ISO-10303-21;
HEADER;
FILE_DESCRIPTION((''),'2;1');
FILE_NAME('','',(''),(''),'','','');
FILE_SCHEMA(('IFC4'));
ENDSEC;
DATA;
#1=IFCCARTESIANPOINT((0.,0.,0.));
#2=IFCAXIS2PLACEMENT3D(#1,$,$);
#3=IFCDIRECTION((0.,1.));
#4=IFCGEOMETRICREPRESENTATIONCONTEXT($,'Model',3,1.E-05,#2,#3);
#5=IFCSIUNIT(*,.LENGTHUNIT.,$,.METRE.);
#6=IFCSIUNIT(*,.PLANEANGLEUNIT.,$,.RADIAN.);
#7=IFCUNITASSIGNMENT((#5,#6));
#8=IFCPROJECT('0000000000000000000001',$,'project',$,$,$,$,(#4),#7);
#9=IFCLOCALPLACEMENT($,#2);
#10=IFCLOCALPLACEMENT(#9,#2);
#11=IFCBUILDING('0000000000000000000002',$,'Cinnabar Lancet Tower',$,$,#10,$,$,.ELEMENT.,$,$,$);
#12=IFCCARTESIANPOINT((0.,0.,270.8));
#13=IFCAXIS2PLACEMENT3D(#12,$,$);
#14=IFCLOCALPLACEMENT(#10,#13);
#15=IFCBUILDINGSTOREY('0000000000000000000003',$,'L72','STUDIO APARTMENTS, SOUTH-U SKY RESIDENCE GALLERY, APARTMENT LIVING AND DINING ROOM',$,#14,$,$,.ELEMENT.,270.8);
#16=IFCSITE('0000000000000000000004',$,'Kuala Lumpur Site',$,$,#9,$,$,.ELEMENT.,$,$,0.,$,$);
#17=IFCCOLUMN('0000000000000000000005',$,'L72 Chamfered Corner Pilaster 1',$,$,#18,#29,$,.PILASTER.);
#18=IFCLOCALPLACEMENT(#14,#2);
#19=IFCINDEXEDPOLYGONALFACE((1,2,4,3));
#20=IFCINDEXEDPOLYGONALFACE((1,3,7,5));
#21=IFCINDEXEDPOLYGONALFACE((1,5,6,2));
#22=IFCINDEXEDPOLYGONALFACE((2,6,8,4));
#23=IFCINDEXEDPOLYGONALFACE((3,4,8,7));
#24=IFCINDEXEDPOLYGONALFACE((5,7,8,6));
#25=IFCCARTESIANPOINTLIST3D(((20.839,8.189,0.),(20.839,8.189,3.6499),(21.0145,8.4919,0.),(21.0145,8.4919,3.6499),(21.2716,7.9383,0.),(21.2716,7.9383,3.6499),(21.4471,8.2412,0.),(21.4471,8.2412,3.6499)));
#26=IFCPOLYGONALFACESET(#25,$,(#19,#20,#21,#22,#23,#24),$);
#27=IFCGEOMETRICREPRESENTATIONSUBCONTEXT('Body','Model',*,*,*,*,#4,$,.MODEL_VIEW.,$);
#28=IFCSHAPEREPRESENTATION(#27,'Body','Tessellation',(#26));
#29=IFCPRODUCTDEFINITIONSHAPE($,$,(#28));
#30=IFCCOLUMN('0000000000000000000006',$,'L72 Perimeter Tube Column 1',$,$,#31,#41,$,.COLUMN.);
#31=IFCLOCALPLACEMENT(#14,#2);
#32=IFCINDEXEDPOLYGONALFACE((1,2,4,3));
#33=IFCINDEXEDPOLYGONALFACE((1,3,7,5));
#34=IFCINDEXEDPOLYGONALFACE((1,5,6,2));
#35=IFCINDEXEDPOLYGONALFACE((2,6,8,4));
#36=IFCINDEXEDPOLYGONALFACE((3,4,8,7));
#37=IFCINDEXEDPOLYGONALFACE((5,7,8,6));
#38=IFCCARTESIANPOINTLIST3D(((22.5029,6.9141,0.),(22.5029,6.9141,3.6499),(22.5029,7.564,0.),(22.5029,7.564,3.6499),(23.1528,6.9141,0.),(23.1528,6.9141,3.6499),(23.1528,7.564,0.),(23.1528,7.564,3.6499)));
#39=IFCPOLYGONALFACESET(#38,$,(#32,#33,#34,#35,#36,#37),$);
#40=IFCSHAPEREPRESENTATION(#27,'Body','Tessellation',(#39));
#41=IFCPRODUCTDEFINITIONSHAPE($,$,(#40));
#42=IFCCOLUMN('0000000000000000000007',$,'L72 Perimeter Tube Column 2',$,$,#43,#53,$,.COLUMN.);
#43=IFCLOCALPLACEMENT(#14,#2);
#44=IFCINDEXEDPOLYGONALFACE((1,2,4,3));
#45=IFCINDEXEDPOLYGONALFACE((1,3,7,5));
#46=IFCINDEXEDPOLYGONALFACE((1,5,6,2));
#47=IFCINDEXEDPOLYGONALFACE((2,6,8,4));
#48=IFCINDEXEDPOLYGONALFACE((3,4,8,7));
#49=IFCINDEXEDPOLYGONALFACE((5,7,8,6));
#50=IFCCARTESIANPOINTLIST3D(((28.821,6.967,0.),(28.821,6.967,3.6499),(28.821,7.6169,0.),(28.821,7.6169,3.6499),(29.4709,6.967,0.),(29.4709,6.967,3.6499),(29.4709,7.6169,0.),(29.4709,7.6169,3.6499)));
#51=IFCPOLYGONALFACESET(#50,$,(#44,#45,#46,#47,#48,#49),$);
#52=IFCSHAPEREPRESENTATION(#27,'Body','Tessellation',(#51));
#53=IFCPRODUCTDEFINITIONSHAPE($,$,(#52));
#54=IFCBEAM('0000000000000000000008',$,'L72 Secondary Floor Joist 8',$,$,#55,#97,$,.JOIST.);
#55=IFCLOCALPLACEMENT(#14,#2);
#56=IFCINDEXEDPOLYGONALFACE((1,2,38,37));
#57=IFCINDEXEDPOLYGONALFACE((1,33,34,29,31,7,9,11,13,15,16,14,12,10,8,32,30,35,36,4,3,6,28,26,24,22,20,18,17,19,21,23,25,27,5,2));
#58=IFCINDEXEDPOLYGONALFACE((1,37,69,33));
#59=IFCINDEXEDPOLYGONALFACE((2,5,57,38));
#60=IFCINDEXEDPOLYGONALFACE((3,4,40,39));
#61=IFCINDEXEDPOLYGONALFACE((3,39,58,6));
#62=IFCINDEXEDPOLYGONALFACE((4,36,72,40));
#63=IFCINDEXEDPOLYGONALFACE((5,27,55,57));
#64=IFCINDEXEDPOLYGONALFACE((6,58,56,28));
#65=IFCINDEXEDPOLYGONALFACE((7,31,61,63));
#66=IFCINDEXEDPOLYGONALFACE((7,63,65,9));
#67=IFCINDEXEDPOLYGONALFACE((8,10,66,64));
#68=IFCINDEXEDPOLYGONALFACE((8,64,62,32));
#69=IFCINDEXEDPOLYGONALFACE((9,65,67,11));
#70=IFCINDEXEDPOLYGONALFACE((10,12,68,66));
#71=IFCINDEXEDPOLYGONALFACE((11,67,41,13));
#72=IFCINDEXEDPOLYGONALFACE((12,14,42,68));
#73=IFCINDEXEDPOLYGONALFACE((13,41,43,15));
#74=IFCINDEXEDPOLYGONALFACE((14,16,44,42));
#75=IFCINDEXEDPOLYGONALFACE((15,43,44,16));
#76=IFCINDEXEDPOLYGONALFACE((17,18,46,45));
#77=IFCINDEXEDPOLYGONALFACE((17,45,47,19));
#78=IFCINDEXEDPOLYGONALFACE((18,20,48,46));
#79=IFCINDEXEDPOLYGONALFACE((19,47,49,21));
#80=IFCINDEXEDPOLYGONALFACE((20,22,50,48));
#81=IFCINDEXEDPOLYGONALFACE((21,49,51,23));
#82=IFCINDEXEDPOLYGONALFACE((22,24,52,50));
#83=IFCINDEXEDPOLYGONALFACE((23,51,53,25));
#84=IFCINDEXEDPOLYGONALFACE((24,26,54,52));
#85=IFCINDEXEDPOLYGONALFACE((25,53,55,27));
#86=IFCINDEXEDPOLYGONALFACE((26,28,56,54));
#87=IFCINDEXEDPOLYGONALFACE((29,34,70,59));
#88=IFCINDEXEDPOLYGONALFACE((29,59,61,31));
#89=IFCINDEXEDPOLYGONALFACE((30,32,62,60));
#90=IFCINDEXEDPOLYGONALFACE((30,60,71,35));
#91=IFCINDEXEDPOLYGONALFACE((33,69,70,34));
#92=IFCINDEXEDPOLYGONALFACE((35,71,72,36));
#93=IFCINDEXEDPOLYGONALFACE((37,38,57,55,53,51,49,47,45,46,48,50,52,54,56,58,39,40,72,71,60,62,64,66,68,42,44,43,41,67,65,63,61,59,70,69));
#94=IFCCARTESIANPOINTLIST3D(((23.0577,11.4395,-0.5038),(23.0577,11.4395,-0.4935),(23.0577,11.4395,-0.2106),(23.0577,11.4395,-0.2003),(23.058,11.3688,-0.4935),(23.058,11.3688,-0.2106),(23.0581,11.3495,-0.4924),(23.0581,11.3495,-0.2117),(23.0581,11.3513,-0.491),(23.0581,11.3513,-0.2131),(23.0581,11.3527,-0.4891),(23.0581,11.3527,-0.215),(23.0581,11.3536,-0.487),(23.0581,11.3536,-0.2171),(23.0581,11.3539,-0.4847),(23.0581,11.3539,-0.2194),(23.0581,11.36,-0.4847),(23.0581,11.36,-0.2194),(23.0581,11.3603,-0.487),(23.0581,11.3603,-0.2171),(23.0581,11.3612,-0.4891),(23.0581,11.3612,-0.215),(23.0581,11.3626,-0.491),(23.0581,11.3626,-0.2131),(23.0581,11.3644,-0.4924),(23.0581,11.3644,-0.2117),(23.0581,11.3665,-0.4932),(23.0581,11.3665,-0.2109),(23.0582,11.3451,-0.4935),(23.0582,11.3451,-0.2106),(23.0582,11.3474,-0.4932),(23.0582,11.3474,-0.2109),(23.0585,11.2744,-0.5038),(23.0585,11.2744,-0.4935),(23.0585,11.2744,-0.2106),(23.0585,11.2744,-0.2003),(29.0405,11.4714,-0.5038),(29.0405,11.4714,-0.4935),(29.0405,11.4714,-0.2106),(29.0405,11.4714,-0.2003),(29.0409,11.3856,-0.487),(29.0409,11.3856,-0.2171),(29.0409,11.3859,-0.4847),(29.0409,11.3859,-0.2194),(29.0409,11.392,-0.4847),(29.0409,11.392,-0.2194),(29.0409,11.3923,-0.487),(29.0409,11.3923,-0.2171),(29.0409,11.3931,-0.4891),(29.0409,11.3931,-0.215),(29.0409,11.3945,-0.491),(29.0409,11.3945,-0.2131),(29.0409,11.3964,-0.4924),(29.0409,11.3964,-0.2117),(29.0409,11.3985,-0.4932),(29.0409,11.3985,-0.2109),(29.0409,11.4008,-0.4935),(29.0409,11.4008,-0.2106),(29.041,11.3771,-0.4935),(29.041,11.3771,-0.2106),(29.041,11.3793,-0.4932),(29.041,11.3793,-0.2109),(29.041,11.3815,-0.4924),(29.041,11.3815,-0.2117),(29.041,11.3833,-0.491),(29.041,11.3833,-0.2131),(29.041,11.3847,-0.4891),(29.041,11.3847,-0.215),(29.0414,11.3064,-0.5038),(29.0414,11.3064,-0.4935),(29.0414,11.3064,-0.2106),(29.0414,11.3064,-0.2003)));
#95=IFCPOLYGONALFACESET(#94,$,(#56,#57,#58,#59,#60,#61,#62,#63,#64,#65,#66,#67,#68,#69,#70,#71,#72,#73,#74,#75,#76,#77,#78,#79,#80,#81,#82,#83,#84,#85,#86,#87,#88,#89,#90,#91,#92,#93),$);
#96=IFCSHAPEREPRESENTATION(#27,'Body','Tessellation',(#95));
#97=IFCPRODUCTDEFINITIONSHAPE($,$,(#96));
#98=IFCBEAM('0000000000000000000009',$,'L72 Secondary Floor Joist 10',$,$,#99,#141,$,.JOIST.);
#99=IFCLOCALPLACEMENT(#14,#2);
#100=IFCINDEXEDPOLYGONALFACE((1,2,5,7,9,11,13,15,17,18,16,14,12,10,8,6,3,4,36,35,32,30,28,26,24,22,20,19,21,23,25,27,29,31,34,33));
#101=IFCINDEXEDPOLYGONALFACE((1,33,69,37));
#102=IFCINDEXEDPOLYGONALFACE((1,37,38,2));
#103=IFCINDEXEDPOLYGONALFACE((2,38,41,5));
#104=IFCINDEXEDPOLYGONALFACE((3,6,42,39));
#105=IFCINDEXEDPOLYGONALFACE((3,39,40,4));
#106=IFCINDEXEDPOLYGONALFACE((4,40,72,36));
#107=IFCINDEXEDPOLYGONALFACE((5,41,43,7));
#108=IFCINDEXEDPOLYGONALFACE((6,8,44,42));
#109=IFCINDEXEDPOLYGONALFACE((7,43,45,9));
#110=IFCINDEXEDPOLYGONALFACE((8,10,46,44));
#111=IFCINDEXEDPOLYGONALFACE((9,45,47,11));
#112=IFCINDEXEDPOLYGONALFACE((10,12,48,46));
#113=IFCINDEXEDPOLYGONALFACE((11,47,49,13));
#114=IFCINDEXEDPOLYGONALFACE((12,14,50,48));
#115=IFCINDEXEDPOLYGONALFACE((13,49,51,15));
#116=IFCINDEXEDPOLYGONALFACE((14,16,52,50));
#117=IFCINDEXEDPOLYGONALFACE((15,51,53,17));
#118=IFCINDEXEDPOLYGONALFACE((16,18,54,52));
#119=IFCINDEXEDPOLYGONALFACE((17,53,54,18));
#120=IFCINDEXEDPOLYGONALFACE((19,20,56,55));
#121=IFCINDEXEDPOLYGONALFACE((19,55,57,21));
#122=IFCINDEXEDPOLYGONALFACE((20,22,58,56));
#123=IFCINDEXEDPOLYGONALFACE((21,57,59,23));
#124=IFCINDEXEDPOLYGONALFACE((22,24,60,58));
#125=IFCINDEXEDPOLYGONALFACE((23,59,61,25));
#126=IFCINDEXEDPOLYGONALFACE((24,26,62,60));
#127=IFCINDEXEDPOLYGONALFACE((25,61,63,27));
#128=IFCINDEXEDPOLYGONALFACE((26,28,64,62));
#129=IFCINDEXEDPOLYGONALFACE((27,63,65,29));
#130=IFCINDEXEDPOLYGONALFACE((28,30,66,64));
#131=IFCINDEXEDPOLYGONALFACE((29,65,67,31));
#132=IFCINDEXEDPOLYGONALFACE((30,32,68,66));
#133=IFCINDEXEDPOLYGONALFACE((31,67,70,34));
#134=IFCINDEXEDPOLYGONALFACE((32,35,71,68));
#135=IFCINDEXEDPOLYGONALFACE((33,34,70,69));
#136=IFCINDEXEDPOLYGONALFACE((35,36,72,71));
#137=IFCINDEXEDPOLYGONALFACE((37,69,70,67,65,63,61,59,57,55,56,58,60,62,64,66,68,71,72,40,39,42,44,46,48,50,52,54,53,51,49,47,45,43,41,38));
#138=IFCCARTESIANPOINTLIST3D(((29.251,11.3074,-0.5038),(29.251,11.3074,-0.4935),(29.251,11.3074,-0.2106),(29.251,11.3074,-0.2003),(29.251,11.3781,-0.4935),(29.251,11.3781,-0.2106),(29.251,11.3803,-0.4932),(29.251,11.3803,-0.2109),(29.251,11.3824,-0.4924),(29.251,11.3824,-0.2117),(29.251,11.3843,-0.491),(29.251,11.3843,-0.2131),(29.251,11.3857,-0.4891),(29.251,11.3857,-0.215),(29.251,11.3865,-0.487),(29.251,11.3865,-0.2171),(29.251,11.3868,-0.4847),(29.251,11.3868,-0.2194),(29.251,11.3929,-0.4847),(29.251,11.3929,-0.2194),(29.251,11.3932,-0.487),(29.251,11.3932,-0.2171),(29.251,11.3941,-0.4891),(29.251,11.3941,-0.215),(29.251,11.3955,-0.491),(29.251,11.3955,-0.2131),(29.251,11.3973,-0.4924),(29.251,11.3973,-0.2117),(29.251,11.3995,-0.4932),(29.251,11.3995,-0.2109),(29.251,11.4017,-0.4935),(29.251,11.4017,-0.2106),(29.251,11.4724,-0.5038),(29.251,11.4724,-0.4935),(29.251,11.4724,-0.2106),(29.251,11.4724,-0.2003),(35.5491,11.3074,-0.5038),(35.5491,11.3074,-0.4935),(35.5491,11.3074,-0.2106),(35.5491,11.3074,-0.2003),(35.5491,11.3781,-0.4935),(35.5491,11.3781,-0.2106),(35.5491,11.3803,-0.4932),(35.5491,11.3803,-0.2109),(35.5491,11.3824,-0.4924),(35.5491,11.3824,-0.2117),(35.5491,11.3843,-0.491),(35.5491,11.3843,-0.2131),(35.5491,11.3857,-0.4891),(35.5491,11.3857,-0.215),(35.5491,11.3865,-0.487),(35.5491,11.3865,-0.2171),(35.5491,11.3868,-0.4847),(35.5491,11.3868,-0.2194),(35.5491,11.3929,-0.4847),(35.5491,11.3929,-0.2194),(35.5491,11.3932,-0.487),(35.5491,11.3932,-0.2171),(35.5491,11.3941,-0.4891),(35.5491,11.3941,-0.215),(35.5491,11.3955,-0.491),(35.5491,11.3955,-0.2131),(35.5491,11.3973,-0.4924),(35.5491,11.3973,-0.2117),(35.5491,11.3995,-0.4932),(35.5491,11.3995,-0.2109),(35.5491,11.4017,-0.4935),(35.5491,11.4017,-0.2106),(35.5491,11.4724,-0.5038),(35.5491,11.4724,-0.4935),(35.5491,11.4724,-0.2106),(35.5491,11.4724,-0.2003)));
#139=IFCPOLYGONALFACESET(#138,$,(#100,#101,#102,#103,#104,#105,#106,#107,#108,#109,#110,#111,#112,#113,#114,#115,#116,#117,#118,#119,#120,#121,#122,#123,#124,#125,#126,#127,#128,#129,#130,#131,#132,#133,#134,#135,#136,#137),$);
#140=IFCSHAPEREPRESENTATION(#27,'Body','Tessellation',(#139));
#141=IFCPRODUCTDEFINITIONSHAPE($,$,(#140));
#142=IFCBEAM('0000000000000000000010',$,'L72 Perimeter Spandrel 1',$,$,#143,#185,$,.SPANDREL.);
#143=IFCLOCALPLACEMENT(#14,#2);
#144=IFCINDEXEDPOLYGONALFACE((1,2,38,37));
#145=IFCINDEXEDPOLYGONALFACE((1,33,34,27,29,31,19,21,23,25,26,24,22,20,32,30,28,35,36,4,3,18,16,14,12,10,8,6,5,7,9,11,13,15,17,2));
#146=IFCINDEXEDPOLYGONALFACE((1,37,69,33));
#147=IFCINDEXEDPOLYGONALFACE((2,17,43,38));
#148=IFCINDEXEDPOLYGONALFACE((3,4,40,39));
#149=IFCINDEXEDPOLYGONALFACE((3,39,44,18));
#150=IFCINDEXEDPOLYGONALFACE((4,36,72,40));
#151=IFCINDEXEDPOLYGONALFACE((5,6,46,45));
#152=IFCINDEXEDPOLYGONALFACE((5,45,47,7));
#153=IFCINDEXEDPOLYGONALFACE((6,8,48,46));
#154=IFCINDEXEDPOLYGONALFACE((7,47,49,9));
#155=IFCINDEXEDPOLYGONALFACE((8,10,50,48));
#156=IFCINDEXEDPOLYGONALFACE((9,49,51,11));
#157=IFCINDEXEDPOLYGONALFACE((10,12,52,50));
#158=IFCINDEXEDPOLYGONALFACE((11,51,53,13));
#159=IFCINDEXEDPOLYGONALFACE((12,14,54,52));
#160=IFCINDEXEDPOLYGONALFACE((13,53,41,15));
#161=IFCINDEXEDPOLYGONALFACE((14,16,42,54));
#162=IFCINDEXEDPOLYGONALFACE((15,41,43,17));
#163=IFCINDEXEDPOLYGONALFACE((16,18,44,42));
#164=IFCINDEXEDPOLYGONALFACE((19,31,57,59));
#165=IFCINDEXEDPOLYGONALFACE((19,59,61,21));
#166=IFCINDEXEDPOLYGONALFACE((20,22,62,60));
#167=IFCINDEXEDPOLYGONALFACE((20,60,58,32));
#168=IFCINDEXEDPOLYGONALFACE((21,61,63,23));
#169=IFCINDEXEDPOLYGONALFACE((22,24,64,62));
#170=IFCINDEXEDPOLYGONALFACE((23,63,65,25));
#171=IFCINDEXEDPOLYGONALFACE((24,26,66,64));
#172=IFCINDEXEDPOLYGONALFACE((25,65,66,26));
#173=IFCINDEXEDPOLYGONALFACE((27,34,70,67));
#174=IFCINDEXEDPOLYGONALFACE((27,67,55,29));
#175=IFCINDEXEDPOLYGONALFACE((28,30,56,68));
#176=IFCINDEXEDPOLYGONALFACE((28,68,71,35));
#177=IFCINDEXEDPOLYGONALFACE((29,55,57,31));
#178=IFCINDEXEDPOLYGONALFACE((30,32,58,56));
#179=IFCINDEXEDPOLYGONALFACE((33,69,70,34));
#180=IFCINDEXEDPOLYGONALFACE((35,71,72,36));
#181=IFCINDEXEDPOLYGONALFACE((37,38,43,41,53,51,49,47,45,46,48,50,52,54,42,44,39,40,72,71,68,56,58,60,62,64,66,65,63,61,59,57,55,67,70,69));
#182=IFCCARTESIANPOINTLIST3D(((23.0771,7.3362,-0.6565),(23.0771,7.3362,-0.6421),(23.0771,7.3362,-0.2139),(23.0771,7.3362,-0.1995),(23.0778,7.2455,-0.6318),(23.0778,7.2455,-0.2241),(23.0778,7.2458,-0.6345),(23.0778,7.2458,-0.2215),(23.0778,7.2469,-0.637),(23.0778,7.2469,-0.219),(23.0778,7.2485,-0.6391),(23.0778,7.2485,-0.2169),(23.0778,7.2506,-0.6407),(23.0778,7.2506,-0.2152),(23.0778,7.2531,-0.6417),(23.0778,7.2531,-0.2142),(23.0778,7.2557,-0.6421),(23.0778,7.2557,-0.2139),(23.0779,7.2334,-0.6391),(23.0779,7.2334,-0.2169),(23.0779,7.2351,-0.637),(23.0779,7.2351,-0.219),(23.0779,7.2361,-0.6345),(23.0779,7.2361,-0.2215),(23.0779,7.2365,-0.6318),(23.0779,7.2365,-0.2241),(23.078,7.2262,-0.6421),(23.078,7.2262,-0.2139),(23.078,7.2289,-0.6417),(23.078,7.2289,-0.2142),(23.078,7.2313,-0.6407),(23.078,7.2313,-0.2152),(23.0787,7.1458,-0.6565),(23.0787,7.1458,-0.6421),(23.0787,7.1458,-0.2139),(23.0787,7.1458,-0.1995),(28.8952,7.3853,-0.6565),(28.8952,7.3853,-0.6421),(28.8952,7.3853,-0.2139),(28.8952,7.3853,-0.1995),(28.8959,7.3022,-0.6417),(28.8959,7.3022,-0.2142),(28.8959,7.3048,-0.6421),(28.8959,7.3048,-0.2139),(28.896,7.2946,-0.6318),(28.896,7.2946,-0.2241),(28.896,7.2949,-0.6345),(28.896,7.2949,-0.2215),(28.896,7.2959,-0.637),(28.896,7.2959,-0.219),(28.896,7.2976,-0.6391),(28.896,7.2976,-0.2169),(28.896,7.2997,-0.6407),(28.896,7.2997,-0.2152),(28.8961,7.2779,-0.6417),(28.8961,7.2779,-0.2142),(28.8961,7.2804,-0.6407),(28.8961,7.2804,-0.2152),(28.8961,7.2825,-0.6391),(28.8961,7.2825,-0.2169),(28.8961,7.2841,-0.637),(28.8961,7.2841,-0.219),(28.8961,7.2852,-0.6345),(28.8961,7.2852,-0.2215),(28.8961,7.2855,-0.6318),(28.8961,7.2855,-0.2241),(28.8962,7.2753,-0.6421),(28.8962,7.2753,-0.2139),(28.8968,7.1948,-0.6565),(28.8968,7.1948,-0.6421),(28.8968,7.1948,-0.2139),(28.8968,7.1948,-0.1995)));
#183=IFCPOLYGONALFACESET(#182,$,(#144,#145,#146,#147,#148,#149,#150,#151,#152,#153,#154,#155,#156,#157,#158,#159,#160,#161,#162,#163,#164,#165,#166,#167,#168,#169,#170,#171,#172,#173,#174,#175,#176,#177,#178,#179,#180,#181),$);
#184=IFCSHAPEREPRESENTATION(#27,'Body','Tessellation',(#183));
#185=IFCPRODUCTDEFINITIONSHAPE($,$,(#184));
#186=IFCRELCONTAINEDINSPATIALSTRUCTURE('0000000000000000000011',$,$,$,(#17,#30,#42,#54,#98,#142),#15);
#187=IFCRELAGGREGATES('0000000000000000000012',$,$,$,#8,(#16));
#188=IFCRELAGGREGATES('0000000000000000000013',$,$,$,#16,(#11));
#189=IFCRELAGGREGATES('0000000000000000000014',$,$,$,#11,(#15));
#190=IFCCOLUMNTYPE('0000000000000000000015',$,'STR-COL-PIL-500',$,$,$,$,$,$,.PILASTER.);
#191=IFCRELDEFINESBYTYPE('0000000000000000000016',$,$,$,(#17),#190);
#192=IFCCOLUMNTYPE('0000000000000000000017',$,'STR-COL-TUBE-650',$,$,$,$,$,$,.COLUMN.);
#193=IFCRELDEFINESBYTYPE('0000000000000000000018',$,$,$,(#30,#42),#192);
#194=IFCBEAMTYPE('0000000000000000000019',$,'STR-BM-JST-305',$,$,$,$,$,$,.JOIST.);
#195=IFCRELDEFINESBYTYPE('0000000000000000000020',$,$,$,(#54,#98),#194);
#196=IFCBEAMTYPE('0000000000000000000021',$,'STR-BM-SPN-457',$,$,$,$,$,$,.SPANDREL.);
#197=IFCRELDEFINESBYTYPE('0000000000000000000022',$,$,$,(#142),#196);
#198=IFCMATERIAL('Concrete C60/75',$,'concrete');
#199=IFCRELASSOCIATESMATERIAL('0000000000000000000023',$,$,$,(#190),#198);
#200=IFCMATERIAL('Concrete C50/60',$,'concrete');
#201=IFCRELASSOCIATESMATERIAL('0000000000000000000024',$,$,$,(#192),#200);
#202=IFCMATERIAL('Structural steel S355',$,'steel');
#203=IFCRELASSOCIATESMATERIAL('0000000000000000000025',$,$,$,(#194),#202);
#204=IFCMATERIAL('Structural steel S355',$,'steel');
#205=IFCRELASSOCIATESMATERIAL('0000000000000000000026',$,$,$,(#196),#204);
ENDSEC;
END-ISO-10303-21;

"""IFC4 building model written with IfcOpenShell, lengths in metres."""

from ifc_helpers import new_model, si_unit, direction, frame, origin, origin_2d, place, context, subcontext, project, spatial, rectangle, i_section, extrude, material, material_profile, profile_set, type_object, element, save


model = new_model("IFC4")

# Units and contexts
model_context = context("Model", 3, precision=1e-05, world=origin(), true_north=direction((0.0, 1.0)))
body_context = subcontext(model_context, "Body", "Model", "MODEL_VIEW")
ifc_project = project(units=[si_unit("LENGTHUNIT", "METRE"), si_unit("PLANEANGLEUNIT", "RADIAN")], contexts=[model_context])

# Site, building, storey
site_placement = place(None, origin())
site = spatial("IfcSite", under=ifc_project, at=site_placement, Name="Kuala Lumpur Site", CompositionType="ELEMENT", RefElevation=0.0)
building_placement = place(site_placement, origin())
building = spatial("IfcBuilding", under=site, at=building_placement, Name="Cinnabar Lancet Tower", CompositionType="ELEMENT")
storey_placement = place(building_placement, frame((0.0, 0.0, 270.8)))
storey = spatial("IfcBuildingStorey", under=building, at=storey_placement, Name="L72", Description="STUDIO APARTMENTS, SOUTH-U SKY RESIDENCE GALLERY, APARTMENT LIVING AND DINING ROOM", CompositionType="ELEMENT", Elevation=270.8)

# Columns
ifc_material_1 = material(Name="Concrete C60/75", Category="concrete")
ifc_material_profile_1 = material_profile(ifc_material_1, rectangle(XDim=0.5, YDim=0.3501, at=origin_2d()), Name="RC-PIL 500x350")
ifc_profile_set_1 = profile_set([ifc_material_profile_1], Name="Concrete C60/75")
column_type_1 = type_object("IfcColumnType", Name="STR-COL-PIL-500", PredefinedType="PILASTER", material=ifc_profile_set_1)
column_placement = place(storey_placement, frame((21.1431, 8.2151, 0.0), z_axis=(0.0, 0.0, 1.0), x_axis=(0.865256, -0.50133, 0.0)))
element("IfcColumn", 1, at=column_placement, inside=storey, type_object=column_type_1, Name="L72 Chamfered Corner Pilaster 1", PredefinedType="PILASTER", context=body_context, shape_type="SweptSolid", body=[
    extrude(rectangle(XDim=0.5, YDim=0.3501, at=origin_2d()), origin(), (0.0, 0.0, 1.0), 3.6499),
])
ifc_material_2 = material(Name="Concrete C50/60", Category="concrete")
ifc_material_profile_2 = material_profile(ifc_material_2, rectangle(XDim=0.6499, YDim=0.6499, at=origin_2d()), Name="RC-COL 650x650")
ifc_profile_set_2 = profile_set([ifc_material_profile_2], Name="Concrete C50/60")
column_type_2 = type_object("IfcColumnType", Name="STR-COL-TUBE-650", PredefinedType="COLUMN", material=ifc_profile_set_2)
for number, where, z_axis, x_axis, name in (
    (2, (22.8279, 7.239, 0.0), (0.0, 0.0, 1.0), (1.0, 0.0, 0.0), "L72 Perimeter Tube Column 1"),
    (3, (29.146, 7.292, 0.0), (0.0, 0.0, 1.0), (1.0, 0.0, 0.0), "L72 Perimeter Tube Column 2"),
):
    element("IfcColumn", number, at=place(storey_placement, frame(where, z_axis=z_axis, x_axis=x_axis)), inside=storey, type_object=column_type_2, Name=name, PredefinedType="COLUMN", context=body_context, shape_type="SweptSolid", body=[
        extrude(rectangle(XDim=0.6499, YDim=0.6499, at=origin_2d()), origin(), (0.0, 0.0, 1.0), 3.6499),
    ])

# Beams
ifc_material_3 = material(Name="Structural steel S355", Category="steel")
ifc_material_profile_3 = material_profile(ifc_material_3, i_section(OverallWidth=0.165, OverallDepth=0.3035, WebThickness=0.0061, FlangeThickness=0.0103, FilletRadius=0.0088, at=origin_2d()), Name="UKB 305x165x40")
ifc_profile_set_3 = profile_set([ifc_material_profile_3], Name="Structural steel S355")
beam_type_1 = type_object("IfcBeamType", Name="STR-BM-JST-305", PredefinedType="JOIST", material=ifc_profile_set_3)
beam_1_placement = place(storey_placement, frame((23.0581, 11.3569, -0.3521), z_axis=(0.999986, 0.005346, 0.0), x_axis=(-0.005346, 0.999986, 0.0)))
element("IfcBeam", 4, at=beam_1_placement, inside=storey, type_object=beam_type_1, Name="L72 Secondary Floor Joist 8", PredefinedType="JOIST", context=body_context, shape_type="SweptSolid", body=[
    extrude(i_section(OverallWidth=0.165, OverallDepth=0.3035, WebThickness=0.0061, FlangeThickness=0.0103, FilletRadius=0.0088, at=origin_2d()), origin(), (0.0, 0.0, 1.0), 5.9829),
])
beam_2_placement = place(storey_placement, frame((29.251, 11.3899, -0.3521), z_axis=(1.0, 0.0, 0.0), x_axis=(0.0, 1.0, 0.0)))
element("IfcBeam", 5, at=beam_2_placement, inside=storey, type_object=beam_type_1, Name="L72 Secondary Floor Joist 10", PredefinedType="JOIST", context=body_context, shape_type="SweptSolid", body=[
    extrude(i_section(OverallWidth=0.165, OverallDepth=0.3035, WebThickness=0.0061, FlangeThickness=0.0103, FilletRadius=0.0088, at=origin_2d()), origin(), (0.0, 0.0, 1.0), 6.2981),
])
ifc_material_4 = material(Name="Structural steel S355", Category="steel")
ifc_material_profile_4 = material_profile(ifc_material_4, i_section(OverallWidth=0.1904, OverallDepth=0.457, WebThickness=0.009, FlangeThickness=0.0144, FilletRadius=0.0103, at=origin_2d()), Name="UKB 457x191x74")
ifc_profile_set_4 = profile_set([ifc_material_profile_4], Name="Structural steel S355")
beam_type_2 = type_object("IfcBeamType", Name="STR-BM-SPN-457", PredefinedType="SPANDREL", material=ifc_profile_set_4)
beam_3_placement = place(storey_placement, frame((23.0779, 7.241, -0.428), z_axis=(0.999964, 0.008434, 0.0), x_axis=(-0.008434, 0.999964, 0.0)))
element("IfcBeam", 6, at=beam_3_placement, inside=storey, type_object=beam_type_2, Name="L72 Perimeter Spandrel 1", PredefinedType="SPANDREL", context=body_context, shape_type="SweptSolid", body=[
    extrude(i_section(OverallWidth=0.1904, OverallDepth=0.457, WebThickness=0.009, FlangeThickness=0.0144, FilletRadius=0.0103, at=origin_2d()), origin(), (0.0, 0.0, 1.0), 5.8184),
])

save(model, "model.ifc")
